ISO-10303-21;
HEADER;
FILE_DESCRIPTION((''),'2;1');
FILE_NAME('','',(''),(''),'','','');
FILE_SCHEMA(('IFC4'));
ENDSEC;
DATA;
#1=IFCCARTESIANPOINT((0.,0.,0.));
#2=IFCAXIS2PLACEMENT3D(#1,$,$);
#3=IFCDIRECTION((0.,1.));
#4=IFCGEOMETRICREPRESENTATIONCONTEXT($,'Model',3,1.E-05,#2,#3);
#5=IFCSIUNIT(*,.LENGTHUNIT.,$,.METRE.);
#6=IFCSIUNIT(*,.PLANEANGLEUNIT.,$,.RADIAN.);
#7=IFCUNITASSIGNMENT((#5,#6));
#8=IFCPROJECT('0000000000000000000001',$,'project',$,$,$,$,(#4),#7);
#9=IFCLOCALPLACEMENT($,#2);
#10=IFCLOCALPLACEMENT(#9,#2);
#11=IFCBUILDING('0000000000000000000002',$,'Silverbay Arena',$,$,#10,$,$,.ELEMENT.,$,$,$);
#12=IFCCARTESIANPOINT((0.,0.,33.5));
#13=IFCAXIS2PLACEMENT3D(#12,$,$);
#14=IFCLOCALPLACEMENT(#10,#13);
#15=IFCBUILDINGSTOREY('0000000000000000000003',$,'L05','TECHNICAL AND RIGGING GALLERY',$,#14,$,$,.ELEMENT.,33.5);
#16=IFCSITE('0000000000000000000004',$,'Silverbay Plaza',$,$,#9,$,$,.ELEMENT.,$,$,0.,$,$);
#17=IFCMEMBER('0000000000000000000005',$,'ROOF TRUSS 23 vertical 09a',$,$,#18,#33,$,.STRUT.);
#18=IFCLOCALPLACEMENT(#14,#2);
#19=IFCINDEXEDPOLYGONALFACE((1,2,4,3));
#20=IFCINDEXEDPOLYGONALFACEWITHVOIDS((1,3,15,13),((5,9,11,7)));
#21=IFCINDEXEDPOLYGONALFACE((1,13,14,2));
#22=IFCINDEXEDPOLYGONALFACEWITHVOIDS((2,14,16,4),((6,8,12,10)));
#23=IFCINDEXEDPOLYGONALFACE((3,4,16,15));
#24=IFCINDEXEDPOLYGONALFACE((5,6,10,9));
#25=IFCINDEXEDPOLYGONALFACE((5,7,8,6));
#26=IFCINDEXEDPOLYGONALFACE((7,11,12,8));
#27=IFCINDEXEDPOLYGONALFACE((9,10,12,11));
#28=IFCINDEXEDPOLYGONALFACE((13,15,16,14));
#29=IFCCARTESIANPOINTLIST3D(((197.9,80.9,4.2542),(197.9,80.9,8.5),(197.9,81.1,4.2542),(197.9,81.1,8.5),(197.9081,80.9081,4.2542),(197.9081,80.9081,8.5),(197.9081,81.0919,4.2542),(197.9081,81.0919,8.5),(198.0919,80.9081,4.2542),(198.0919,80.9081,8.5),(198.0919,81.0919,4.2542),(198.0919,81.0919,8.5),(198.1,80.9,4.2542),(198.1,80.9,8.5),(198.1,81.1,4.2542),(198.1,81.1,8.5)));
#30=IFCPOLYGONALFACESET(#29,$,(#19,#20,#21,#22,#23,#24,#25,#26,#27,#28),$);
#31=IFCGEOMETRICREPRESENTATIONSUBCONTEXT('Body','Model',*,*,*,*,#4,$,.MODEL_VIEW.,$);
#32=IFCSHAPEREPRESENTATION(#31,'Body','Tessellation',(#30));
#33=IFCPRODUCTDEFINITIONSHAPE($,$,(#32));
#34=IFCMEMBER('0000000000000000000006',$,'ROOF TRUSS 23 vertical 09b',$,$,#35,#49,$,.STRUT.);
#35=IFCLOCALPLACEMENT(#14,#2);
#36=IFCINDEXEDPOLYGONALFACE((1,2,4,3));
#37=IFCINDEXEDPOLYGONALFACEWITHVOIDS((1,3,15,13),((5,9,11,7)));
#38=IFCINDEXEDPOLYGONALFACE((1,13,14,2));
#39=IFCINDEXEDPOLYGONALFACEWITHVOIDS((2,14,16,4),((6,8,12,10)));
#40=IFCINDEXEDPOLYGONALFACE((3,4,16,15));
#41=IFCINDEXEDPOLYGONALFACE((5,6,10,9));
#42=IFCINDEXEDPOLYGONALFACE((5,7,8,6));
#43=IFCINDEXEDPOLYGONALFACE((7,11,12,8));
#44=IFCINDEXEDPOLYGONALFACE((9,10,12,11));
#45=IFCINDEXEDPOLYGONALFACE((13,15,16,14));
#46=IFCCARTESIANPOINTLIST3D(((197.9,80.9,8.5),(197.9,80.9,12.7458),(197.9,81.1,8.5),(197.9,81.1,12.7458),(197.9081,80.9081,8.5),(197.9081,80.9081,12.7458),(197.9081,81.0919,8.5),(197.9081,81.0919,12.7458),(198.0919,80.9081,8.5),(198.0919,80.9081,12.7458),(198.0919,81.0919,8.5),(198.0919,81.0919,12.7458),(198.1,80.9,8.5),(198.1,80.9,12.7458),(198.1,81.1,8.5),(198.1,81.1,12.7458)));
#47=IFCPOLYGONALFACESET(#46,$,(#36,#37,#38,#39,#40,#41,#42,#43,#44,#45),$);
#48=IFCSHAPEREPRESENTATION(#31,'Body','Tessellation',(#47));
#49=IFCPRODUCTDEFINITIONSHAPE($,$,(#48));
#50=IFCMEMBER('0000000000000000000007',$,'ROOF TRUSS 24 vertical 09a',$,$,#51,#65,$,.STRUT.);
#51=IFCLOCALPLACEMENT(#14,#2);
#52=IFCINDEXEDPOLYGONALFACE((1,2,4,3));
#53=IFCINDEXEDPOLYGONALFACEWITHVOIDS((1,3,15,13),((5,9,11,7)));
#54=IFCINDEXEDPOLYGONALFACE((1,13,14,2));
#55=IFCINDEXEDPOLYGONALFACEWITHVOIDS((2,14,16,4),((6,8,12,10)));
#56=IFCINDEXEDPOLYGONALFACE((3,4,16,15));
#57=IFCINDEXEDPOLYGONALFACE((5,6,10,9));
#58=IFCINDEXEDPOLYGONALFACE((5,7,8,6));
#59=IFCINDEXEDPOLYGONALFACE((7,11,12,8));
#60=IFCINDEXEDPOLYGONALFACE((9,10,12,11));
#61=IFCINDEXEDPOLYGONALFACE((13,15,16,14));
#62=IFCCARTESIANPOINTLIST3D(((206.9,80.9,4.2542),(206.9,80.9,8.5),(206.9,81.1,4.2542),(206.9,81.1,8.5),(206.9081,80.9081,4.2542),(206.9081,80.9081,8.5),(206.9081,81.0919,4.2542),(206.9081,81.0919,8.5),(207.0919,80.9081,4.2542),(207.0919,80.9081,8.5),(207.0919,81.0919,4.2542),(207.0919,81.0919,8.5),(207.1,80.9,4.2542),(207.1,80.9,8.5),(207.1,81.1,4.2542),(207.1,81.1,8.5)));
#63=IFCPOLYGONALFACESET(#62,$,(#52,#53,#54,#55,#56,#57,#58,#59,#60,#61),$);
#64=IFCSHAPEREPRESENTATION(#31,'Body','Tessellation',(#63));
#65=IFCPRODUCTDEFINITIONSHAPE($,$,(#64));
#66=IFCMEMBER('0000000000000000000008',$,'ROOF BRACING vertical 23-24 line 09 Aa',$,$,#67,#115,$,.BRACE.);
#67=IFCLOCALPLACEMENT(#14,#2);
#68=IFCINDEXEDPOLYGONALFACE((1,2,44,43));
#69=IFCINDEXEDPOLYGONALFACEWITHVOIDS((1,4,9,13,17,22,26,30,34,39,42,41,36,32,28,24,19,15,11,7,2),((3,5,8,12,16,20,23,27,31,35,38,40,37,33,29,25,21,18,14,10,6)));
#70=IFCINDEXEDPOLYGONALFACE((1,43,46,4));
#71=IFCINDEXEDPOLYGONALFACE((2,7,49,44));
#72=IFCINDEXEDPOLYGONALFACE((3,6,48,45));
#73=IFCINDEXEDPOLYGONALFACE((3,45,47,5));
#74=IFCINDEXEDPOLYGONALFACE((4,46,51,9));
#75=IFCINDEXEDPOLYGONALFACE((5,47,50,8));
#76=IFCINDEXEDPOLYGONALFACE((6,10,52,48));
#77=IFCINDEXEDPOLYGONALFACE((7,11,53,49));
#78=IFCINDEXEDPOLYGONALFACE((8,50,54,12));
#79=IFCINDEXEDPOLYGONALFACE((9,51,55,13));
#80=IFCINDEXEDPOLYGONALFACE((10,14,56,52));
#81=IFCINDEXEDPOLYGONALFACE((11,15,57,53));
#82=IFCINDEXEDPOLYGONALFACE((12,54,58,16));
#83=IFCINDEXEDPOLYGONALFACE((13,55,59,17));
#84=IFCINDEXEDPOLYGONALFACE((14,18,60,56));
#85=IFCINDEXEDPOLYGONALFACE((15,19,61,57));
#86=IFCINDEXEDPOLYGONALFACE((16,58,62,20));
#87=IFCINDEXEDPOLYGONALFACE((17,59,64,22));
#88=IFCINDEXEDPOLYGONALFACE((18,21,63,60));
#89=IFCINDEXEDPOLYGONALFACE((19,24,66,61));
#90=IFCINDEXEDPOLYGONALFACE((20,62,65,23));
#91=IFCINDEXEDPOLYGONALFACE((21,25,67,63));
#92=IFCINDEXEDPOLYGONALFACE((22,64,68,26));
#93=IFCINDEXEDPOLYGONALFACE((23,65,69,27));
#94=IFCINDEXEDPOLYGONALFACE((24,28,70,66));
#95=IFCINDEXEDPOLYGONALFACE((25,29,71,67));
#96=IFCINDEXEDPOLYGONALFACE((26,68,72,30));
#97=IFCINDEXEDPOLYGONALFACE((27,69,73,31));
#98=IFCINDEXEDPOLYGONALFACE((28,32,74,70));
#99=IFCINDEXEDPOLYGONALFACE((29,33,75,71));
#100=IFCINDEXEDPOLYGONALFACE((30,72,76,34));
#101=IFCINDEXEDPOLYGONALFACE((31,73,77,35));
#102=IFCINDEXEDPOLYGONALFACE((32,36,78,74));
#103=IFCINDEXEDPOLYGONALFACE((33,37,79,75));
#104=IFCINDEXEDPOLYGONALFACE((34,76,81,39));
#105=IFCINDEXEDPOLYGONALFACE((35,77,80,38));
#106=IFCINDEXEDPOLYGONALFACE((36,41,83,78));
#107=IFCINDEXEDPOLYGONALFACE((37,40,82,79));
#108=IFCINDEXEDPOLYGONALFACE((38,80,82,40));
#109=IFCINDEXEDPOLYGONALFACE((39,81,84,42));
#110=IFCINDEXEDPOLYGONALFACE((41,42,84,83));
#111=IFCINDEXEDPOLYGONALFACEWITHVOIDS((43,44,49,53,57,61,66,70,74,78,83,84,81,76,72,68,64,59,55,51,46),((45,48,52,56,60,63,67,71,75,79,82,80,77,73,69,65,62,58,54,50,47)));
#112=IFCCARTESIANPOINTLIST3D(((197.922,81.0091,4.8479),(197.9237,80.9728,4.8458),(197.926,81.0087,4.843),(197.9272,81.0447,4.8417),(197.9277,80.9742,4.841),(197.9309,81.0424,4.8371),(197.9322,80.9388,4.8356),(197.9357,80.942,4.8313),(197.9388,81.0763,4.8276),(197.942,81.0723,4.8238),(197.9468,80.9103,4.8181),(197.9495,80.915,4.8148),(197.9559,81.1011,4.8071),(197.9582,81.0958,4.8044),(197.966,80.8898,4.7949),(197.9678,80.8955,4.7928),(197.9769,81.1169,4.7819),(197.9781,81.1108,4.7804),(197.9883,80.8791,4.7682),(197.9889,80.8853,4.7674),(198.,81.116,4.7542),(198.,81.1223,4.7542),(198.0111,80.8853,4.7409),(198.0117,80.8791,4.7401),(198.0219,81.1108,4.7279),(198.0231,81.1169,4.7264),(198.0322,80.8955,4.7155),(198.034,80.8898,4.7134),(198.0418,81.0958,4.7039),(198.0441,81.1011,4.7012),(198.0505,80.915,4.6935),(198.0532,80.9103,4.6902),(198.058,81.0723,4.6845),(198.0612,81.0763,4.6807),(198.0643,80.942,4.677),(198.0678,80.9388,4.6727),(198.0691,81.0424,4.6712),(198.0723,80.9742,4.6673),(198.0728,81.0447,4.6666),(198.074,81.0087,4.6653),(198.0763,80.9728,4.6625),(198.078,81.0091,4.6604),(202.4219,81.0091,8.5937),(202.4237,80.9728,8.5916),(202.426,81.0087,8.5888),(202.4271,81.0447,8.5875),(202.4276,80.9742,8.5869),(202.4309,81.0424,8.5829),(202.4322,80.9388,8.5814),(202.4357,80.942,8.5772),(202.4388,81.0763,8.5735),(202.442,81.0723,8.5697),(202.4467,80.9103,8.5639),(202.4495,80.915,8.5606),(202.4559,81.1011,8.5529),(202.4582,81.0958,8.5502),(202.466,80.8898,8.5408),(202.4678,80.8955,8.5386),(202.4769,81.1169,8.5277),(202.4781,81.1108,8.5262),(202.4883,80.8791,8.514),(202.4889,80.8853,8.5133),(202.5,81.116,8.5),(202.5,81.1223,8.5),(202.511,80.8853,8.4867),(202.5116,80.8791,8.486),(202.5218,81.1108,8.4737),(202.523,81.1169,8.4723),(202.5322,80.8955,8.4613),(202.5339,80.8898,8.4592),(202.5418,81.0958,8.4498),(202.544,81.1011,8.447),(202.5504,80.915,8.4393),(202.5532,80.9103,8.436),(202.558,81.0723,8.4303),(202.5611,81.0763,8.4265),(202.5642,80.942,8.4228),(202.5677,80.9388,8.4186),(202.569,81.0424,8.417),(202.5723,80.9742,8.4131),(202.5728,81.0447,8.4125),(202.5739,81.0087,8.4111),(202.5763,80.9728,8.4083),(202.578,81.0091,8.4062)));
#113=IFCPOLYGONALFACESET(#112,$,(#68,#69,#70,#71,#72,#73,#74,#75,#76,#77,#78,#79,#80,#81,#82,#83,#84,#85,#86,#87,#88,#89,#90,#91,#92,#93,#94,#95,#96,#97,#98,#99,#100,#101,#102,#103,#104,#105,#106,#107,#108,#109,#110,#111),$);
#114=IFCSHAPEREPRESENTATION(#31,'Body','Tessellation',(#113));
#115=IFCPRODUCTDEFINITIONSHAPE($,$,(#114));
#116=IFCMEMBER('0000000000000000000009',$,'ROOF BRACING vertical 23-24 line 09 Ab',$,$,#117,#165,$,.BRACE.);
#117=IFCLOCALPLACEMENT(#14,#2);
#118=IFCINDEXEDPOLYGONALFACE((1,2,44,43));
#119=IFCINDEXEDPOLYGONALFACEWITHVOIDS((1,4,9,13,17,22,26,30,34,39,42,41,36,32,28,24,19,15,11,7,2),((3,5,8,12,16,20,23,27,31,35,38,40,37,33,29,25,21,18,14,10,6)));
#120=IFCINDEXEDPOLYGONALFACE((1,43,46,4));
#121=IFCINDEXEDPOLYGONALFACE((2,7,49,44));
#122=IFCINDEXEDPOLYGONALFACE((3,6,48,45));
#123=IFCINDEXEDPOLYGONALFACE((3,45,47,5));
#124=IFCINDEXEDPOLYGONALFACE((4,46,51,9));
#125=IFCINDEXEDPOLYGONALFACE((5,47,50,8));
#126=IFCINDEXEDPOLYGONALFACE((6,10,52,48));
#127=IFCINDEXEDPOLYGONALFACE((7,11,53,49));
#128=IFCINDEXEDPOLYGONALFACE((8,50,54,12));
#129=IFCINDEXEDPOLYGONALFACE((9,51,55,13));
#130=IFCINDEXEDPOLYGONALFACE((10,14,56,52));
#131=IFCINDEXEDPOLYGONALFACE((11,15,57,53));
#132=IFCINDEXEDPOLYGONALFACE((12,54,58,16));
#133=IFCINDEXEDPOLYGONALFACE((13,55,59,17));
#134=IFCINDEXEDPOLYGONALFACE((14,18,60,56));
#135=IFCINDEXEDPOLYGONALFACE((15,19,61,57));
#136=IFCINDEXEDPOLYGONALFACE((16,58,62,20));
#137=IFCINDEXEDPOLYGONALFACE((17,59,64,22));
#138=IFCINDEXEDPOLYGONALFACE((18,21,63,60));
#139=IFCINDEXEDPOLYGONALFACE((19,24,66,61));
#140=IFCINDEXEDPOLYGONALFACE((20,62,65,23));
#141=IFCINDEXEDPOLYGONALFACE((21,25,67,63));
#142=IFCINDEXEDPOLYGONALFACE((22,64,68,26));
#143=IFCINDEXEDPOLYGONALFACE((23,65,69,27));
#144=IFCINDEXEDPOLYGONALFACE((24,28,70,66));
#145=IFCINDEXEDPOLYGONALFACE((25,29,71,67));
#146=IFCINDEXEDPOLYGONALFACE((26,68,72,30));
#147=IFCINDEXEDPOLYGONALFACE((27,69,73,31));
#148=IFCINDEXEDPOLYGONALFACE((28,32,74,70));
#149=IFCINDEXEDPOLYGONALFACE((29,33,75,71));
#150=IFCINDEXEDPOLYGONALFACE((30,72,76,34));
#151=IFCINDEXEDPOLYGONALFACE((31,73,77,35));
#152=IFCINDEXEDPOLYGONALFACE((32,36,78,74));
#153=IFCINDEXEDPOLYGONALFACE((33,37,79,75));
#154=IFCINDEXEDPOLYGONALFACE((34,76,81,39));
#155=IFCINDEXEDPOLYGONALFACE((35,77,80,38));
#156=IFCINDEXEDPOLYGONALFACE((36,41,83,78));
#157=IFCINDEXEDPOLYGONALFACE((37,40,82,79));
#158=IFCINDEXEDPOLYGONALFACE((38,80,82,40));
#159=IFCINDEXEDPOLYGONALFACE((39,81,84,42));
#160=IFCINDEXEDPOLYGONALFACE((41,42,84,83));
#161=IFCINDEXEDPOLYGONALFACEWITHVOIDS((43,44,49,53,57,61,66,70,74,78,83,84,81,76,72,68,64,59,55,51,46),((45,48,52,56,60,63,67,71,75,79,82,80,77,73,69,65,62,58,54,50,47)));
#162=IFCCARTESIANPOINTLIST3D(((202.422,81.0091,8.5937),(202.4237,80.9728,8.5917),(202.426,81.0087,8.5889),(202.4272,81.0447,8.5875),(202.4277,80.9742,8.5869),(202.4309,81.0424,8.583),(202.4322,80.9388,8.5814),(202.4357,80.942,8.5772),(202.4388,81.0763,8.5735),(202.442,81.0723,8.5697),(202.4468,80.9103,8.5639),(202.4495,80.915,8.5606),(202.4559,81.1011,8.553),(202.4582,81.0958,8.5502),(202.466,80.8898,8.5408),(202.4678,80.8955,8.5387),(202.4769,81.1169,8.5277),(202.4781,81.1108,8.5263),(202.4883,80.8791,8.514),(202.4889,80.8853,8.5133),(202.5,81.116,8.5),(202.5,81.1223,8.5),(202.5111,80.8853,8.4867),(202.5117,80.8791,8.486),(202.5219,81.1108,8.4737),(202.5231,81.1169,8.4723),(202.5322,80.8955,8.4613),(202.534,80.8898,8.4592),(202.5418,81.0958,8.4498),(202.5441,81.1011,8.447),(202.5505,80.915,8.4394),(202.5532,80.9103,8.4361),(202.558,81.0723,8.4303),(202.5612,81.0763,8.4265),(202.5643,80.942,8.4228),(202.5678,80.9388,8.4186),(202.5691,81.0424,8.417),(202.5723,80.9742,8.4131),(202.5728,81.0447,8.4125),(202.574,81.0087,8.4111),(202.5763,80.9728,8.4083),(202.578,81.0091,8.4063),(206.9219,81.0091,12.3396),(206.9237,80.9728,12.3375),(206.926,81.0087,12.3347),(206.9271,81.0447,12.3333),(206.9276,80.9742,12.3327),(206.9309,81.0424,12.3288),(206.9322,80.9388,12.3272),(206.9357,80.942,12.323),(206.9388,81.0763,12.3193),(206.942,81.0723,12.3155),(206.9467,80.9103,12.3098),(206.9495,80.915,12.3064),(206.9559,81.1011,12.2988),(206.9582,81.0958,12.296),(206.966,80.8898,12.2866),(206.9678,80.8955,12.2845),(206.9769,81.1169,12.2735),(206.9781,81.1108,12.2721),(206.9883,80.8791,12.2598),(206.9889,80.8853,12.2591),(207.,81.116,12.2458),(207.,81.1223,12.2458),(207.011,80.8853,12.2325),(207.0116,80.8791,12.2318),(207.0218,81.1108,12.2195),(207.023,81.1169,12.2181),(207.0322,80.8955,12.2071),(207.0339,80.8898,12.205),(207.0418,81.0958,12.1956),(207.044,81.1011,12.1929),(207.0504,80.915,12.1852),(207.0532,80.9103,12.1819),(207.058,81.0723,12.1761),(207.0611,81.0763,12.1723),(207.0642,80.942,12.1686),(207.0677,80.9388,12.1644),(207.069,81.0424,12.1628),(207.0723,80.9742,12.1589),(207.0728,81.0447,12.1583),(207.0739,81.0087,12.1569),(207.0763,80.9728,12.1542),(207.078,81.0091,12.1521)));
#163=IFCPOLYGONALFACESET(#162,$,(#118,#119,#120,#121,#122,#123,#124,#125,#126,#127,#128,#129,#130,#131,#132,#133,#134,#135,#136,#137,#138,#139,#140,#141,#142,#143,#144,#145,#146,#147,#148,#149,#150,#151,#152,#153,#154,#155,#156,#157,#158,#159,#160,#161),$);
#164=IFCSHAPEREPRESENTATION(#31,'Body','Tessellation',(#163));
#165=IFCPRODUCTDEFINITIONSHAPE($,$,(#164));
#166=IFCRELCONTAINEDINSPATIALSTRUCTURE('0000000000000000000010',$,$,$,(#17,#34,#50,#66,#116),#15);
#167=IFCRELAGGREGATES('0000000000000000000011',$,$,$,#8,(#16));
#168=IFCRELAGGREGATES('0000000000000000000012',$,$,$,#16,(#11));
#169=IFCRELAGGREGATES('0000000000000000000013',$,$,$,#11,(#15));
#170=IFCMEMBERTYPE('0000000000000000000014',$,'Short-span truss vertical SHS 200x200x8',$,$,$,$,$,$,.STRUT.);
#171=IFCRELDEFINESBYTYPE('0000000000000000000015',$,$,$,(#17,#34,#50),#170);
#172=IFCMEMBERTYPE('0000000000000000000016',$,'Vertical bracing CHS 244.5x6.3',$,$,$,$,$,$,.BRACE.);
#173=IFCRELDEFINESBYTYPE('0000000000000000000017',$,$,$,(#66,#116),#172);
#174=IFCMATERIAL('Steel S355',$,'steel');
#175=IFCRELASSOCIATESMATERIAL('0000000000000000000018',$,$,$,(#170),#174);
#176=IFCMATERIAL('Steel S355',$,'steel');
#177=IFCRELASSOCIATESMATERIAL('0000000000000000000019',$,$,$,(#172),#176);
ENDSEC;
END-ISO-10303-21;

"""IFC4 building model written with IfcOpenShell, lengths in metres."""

from ifc_helpers import new_model, si_unit, direction, frame, origin, origin_2d, place, context, subcontext, project, spatial, hollow_rectangle, hollow_circle, extrude, material, material_profile, profile_set, type_object, element, save


model = new_model("IFC4")

# Units and contexts
model_context = context("Model", 3, precision=1e-05, world=origin(), true_north=direction((0.0, 1.0)))
body_context = subcontext(model_context, "Body", "Model", "MODEL_VIEW")
ifc_project = project(units=[si_unit("LENGTHUNIT", "METRE"), si_unit("PLANEANGLEUNIT", "RADIAN")], contexts=[model_context])

# Site, building, storey
site_placement = place(None, origin())
site = spatial("IfcSite", under=ifc_project, at=site_placement, Name="Silverbay Plaza", CompositionType="ELEMENT", RefElevation=0.0)
building_placement = place(site_placement, origin())
building = spatial("IfcBuilding", under=site, at=building_placement, Name="Silverbay Arena", CompositionType="ELEMENT")
storey_placement = place(building_placement, frame((0.0, 0.0, 33.5)))
storey = spatial("IfcBuildingStorey", under=building, at=storey_placement, Name="L05", Description="TECHNICAL AND RIGGING GALLERY", CompositionType="ELEMENT", Elevation=33.5)

# Members
ifc_material_1 = material(Name="Steel S355", Category="steel")
ifc_material_profile_1 = material_profile(ifc_material_1, hollow_rectangle(XDim=0.2, YDim=0.2, WallThickness=0.0081, at=origin_2d()), Name="SHS 200x200x8")
ifc_profile_set_1 = profile_set([ifc_material_profile_1], Name="Steel S355")
member_type_1 = type_object("IfcMemberType", Name="Short-span truss vertical SHS 200x200x8", PredefinedType="STRUT", material=ifc_profile_set_1)
for number, where, z_axis, x_axis, name in (
    (1, (198.0, 81.0, 4.2542), (0.0, 0.0, 1.0), (1.0, 0.0, 0.0), "ROOF TRUSS 23 vertical 09a"),
    (2, (198.0, 81.0, 8.5), (0.0, 0.0, 1.0), (1.0, 0.0, 0.0), "ROOF TRUSS 23 vertical 09b"),
    (3, (207.0, 81.0, 4.2542), (0.0, 0.0, 1.0), (1.0, 0.0, 0.0), "ROOF TRUSS 24 vertical 09a"),
):
    element("IfcMember", number, at=place(storey_placement, frame(where, z_axis=z_axis, x_axis=x_axis)), inside=storey, type_object=member_type_1, Name=name, PredefinedType="STRUT", context=body_context, shape_type="SweptSolid", body=[
        extrude(hollow_rectangle(XDim=0.2, YDim=0.2, WallThickness=0.0081, at=origin_2d()), origin(), (0.0, 0.0, 1.0), 4.2458),
    ])
ifc_material_2 = material(Name="Steel S355", Category="steel")
ifc_material_profile_2 = material_profile(ifc_material_2, hollow_circle(Radius=0.1223, WallThickness=0.0063, at=origin_2d()), Name="CHS 244.5x6.3")
ifc_profile_set_2 = profile_set([ifc_material_profile_2], Name="Steel S355")
member_type_2 = type_object("IfcMemberType", Name="Vertical bracing CHS 244.5x6.3", PredefinedType="BRACE", material=ifc_profile_set_2)
for number, where, z_axis, x_axis, name in (
    (4, (198.0, 81.0, 4.7542), (0.76857, 0.0, 0.639766), (0.0, 1.0, 0.0), "ROOF BRACING vertical 23-24 line 09 Aa"),
    (5, (202.5, 81.0, 8.5), (0.76857, 0.0, 0.639766), (0.0, 1.0, 0.0), "ROOF BRACING vertical 23-24 line 09 Ab"),
):
    element("IfcMember", number, at=place(storey_placement, frame(where, z_axis=z_axis, x_axis=x_axis)), inside=storey, type_object=member_type_2, Name=name, PredefinedType="BRACE", context=body_context, shape_type="SweptSolid", body=[
        extrude(hollow_circle(Radius=0.1223, WallThickness=0.0063, at=origin_2d()), origin(), (0.0, 0.0, 1.0), 5.855),
    ])

save(model, "model.ifc")
